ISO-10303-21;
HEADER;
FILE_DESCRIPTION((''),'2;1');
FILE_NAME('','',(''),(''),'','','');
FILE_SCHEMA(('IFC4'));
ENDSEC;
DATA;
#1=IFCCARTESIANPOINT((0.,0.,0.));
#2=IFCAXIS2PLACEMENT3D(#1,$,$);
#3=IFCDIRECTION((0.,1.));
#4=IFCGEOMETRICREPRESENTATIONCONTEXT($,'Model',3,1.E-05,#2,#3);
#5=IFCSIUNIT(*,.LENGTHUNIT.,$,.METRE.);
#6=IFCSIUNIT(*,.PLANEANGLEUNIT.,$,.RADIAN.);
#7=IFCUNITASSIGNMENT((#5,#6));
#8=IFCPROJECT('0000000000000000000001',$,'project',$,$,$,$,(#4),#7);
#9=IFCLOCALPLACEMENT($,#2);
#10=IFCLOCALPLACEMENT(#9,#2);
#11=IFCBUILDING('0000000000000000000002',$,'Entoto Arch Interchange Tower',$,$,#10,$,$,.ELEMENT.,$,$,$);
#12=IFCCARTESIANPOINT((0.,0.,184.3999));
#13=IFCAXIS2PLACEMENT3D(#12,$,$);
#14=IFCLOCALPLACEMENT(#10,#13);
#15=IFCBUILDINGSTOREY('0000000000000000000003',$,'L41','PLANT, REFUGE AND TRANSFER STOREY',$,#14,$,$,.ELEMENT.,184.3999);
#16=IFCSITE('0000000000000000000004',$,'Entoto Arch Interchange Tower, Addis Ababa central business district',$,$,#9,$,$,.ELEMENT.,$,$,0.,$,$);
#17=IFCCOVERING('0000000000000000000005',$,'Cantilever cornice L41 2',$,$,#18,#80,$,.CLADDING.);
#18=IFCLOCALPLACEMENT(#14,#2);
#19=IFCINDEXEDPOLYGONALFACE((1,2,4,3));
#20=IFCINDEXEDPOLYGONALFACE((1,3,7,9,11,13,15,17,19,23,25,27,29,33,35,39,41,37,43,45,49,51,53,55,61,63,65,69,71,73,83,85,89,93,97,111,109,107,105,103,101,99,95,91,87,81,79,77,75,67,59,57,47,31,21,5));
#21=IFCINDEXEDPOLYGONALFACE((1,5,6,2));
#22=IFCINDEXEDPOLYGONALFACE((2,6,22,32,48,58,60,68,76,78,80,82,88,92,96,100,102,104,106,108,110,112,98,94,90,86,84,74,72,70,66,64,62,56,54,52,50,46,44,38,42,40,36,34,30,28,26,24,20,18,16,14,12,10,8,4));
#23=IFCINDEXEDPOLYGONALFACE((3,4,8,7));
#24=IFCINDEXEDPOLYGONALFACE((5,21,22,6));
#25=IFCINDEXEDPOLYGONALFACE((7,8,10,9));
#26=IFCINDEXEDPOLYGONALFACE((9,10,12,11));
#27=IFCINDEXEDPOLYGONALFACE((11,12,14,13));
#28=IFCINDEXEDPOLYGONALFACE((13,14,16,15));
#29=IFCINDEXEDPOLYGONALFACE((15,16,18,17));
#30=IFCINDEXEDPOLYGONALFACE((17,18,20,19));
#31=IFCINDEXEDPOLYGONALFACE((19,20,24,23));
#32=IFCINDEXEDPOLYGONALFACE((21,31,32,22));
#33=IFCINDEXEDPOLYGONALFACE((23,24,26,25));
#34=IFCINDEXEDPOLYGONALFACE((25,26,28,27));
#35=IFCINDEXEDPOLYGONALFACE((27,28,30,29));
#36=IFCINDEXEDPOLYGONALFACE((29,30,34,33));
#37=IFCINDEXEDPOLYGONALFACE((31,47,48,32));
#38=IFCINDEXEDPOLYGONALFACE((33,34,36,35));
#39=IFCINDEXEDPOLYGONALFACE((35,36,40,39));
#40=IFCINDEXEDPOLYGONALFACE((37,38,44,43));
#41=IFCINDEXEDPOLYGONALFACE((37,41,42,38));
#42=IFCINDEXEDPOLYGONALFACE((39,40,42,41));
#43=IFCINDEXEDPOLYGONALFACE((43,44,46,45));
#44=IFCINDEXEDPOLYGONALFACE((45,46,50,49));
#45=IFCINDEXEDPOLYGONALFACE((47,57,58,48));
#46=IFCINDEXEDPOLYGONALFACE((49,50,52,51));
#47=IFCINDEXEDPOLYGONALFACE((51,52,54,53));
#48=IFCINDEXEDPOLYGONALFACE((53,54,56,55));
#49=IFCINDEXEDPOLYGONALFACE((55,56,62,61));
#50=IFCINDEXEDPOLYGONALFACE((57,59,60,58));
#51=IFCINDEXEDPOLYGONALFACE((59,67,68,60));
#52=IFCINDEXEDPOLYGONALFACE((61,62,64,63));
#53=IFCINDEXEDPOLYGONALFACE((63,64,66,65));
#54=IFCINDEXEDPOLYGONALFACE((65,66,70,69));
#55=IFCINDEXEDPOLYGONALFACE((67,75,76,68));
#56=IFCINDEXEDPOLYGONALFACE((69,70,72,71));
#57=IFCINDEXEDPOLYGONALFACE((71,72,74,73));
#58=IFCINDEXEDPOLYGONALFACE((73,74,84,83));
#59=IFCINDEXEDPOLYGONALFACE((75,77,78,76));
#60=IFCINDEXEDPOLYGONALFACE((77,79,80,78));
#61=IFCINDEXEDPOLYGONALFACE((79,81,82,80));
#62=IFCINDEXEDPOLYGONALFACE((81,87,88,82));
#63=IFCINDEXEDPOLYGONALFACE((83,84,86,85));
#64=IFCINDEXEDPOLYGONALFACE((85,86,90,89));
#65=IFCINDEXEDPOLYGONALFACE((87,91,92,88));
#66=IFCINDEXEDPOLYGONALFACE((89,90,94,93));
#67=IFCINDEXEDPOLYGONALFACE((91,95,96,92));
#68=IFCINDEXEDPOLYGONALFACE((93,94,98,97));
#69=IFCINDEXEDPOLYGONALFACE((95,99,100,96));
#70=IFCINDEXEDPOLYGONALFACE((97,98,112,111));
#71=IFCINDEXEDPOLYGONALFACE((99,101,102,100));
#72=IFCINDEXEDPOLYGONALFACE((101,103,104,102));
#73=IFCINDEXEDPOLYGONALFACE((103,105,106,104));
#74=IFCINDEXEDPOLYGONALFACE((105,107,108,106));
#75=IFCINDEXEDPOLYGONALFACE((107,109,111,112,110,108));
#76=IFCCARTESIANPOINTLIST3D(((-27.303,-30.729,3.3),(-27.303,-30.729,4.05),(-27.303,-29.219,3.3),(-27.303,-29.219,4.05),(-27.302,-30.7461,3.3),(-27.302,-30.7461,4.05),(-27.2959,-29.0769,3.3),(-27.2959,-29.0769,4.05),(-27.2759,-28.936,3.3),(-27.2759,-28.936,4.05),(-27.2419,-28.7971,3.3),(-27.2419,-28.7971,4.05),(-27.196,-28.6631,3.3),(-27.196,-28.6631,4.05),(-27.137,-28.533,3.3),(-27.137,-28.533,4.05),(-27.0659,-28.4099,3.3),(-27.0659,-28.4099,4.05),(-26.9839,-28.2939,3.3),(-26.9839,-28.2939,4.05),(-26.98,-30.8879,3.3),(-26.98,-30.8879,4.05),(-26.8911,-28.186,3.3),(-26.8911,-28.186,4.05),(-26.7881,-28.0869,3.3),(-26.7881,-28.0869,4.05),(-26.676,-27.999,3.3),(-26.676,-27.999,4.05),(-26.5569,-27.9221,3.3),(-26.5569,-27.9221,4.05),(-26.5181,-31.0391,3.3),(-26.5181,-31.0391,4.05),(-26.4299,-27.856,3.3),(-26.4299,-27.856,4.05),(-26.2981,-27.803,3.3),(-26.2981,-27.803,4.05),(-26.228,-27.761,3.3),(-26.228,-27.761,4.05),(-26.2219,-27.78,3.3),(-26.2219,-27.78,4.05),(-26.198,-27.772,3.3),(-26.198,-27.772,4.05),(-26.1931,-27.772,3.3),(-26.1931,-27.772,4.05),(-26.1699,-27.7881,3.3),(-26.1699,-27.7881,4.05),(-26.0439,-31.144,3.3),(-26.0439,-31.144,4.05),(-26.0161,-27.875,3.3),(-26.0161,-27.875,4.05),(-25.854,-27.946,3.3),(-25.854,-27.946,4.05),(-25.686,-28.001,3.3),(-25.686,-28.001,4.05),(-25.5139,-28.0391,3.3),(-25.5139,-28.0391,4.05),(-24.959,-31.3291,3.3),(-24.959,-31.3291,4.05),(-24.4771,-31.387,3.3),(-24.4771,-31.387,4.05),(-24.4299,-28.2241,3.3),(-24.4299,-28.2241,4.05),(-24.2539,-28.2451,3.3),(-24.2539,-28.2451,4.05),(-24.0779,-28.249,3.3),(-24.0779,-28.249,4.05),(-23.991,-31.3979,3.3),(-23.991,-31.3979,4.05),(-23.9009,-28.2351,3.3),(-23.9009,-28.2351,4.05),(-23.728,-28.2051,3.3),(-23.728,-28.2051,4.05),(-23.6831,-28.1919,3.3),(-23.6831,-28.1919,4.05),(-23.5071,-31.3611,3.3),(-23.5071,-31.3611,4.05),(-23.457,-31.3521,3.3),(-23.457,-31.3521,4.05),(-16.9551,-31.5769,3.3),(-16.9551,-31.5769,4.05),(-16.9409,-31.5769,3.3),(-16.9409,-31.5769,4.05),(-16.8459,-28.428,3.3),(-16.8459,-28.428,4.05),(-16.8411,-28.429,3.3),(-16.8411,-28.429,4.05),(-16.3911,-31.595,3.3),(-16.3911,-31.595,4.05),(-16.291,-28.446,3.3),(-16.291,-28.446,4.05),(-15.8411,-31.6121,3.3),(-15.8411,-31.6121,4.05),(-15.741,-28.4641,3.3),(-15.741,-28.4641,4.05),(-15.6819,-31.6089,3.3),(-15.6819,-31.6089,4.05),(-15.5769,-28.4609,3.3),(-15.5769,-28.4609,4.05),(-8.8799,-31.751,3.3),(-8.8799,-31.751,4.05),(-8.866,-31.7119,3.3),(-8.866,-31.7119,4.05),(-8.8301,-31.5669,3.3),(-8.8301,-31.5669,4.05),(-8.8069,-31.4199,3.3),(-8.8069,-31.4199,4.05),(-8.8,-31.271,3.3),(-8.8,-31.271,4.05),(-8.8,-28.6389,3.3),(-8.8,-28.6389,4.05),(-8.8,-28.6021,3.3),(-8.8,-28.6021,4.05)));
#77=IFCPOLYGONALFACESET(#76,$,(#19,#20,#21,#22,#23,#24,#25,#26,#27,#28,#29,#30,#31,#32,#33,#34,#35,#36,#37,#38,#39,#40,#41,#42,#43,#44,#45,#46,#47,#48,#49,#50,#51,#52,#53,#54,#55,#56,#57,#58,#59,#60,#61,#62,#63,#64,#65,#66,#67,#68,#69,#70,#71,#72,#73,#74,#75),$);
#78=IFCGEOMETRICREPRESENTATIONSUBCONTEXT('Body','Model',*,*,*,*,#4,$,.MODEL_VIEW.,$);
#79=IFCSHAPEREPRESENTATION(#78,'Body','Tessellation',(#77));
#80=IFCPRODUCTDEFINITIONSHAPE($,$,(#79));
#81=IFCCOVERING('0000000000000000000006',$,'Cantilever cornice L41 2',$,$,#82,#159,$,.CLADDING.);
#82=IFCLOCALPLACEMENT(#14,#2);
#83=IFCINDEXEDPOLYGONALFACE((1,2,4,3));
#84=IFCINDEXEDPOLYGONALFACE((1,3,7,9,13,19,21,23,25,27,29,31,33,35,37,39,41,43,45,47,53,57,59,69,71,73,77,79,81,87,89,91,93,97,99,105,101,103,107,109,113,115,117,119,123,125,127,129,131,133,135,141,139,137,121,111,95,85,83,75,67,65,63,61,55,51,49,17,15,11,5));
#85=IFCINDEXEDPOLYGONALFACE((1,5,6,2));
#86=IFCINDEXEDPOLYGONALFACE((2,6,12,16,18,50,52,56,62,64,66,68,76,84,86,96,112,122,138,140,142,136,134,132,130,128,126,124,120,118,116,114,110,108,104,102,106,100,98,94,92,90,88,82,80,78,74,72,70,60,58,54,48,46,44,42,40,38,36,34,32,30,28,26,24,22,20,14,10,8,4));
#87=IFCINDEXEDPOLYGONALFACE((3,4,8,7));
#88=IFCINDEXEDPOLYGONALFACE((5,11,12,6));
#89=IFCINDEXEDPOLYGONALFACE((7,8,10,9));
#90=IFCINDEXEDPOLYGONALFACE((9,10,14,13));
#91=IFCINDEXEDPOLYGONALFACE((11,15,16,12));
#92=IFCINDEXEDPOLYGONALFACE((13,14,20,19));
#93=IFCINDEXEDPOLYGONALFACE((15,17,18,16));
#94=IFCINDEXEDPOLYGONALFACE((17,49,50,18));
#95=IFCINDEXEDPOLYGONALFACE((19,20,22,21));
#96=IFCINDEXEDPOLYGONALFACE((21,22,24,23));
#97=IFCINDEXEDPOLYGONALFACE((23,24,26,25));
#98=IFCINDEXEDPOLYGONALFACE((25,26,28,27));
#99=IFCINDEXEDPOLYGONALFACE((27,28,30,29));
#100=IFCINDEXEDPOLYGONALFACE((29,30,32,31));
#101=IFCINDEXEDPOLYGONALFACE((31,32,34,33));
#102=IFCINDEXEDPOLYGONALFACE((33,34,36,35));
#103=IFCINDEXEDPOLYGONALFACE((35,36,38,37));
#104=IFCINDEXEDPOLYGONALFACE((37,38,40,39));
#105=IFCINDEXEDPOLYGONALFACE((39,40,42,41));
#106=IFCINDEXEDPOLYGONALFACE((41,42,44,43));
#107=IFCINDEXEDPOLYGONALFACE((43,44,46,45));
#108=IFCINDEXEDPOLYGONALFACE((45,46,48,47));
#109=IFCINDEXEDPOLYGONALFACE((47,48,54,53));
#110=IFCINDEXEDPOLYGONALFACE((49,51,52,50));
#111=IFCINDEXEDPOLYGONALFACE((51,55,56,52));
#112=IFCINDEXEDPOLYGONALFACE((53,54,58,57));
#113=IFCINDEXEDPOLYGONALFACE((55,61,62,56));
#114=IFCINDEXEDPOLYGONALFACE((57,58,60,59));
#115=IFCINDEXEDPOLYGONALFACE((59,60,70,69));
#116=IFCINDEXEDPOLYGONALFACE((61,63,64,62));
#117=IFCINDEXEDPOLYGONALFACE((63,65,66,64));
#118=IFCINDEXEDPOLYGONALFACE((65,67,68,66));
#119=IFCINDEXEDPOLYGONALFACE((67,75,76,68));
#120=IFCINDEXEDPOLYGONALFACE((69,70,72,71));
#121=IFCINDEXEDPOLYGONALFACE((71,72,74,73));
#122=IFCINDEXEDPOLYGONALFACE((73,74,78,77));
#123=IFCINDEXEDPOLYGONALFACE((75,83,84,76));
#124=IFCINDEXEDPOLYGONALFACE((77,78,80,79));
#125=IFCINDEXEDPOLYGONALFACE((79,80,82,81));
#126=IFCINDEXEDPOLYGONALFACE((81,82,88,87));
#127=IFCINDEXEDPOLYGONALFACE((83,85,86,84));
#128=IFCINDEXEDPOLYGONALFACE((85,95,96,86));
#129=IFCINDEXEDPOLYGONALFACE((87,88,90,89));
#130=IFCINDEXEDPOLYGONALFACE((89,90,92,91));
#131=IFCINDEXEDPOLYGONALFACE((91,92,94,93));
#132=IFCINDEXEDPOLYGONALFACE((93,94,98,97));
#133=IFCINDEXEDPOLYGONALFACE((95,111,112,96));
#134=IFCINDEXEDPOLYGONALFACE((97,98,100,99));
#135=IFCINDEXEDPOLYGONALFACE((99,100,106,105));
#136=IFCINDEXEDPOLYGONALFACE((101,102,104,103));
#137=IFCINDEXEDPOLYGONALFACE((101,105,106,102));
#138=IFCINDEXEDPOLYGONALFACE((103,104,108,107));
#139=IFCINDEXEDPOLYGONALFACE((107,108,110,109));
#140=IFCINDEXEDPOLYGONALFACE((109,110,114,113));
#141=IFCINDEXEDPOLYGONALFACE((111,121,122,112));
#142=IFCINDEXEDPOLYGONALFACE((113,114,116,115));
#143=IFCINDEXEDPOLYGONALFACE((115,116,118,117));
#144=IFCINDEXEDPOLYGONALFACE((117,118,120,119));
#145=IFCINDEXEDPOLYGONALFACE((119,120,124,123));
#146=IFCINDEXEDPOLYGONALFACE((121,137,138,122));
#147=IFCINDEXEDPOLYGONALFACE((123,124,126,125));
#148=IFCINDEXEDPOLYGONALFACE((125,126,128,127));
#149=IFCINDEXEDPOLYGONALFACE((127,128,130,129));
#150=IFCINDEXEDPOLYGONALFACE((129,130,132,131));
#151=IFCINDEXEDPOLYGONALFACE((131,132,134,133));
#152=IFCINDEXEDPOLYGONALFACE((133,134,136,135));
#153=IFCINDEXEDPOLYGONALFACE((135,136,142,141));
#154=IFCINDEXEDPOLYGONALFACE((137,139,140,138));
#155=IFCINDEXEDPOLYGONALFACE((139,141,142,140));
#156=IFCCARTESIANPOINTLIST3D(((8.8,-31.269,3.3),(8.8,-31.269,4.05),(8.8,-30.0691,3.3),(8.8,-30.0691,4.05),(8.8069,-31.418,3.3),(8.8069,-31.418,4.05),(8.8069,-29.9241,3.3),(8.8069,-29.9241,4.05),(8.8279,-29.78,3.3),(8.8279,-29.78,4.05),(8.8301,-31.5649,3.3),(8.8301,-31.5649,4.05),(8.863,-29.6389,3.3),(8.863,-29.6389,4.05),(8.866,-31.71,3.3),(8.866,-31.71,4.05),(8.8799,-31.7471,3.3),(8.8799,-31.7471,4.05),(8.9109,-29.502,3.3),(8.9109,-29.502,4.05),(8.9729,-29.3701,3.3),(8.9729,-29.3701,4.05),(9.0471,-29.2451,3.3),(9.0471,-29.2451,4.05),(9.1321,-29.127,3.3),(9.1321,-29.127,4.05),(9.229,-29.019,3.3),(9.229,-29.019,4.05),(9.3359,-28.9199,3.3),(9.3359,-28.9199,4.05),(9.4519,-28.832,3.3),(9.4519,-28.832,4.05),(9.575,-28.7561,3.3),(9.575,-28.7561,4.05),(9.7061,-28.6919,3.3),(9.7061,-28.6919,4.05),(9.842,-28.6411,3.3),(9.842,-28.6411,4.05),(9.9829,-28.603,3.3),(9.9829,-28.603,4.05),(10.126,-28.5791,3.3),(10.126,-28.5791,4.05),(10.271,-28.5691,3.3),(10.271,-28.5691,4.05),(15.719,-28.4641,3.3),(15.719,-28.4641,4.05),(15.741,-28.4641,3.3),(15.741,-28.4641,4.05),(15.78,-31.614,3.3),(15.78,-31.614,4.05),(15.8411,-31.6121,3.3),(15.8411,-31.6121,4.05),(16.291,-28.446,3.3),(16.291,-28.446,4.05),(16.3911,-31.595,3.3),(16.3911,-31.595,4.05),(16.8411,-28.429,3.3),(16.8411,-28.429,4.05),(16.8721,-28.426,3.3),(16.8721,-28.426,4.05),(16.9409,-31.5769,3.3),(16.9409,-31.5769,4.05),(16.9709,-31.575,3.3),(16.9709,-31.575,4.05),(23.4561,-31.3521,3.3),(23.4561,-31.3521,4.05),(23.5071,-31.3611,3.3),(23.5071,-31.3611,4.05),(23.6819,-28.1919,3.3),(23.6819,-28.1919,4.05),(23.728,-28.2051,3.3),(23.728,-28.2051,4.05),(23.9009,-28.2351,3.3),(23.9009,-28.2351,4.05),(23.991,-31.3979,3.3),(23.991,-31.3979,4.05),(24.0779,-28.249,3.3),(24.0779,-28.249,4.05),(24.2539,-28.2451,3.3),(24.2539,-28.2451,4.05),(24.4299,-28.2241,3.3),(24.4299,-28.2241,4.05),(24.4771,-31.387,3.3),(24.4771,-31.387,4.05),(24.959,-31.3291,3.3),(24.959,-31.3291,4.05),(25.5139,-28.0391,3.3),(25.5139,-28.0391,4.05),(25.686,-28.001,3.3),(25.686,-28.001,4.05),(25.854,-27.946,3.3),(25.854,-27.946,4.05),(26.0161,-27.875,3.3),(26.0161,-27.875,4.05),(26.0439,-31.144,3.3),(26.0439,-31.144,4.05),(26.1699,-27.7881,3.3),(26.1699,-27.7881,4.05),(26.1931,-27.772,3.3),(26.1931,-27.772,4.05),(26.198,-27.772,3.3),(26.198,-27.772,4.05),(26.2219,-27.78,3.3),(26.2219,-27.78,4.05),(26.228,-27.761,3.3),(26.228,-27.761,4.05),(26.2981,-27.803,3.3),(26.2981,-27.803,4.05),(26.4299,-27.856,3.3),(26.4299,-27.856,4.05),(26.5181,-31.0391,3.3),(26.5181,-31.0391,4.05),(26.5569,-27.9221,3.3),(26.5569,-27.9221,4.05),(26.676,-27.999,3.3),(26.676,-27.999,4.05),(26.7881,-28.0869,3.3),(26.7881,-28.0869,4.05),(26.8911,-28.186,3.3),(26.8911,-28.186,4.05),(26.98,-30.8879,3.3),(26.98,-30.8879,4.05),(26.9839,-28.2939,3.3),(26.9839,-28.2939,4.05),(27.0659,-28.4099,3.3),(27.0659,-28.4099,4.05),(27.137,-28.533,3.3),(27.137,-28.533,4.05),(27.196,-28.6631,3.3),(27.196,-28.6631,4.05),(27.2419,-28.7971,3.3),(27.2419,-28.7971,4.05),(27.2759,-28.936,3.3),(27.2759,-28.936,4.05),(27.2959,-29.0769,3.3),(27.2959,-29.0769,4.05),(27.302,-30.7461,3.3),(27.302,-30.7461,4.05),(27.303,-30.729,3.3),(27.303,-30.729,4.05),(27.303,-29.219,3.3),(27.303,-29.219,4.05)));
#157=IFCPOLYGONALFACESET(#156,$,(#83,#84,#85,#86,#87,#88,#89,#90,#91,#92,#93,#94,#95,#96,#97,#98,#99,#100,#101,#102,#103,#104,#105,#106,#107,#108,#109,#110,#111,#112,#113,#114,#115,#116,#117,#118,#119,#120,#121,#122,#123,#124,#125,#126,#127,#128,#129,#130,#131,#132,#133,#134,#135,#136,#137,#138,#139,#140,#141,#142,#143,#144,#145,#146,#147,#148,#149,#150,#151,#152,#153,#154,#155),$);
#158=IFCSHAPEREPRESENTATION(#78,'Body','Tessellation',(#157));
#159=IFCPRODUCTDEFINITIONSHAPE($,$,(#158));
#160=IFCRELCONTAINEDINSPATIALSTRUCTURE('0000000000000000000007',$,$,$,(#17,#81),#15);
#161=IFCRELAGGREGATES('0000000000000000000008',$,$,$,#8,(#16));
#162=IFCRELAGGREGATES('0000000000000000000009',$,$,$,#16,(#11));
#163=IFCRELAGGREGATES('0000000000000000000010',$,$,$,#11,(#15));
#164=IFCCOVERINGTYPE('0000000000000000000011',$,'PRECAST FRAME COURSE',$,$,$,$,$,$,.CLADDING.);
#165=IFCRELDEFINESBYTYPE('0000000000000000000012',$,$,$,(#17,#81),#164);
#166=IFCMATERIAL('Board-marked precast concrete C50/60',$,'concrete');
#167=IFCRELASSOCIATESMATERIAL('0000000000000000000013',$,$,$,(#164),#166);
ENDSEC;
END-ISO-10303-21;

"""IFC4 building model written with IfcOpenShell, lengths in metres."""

from ifc_helpers import new_model, si_unit, direction, frame, origin, place, context, subcontext, project, spatial, polyline, outline, extrude, material, type_object, element, save


model = new_model("IFC4")

# Units and contexts
model_context = context("Model", 3, precision=1e-05, world=origin(), true_north=direction((0.0, 1.0)))
body_context = subcontext(model_context, "Body", "Model", "MODEL_VIEW")
ifc_project = project(units=[si_unit("LENGTHUNIT", "METRE"), si_unit("PLANEANGLEUNIT", "RADIAN")], contexts=[model_context])

# Site, building, storey
site_placement = place(None, origin())
site = spatial("IfcSite", under=ifc_project, at=site_placement, Name="Entoto Arch Interchange Tower, Addis Ababa central business district", CompositionType="ELEMENT", RefElevation=0.0)
building_placement = place(site_placement, origin())
building = spatial("IfcBuilding", under=site, at=building_placement, Name="Entoto Arch Interchange Tower", CompositionType="ELEMENT")
storey_placement = place(building_placement, frame((0.0, 0.0, 184.3999)))
storey = spatial("IfcBuildingStorey", under=building, at=storey_placement, Name="L41", Description="PLANT, REFUGE AND TRANSFER STOREY", CompositionType="ELEMENT", Elevation=184.3999)

# Coverings
ifc_material_1 = material(Name="Board-marked precast concrete C50/60", Category="concrete")
covering_type_1 = type_object("IfcCoveringType", Name="PRECAST FRAME COURSE", PredefinedType="CLADDING", material=ifc_material_1)
covering_1_placement = place(storey_placement, frame((0.0, 0.0, 3.3)))
element("IfcCovering", 1, at=covering_1_placement, inside=storey, type_object=covering_type_1, Name="Cantilever cornice L41 2", PredefinedType="CLADDING", context=body_context, shape_type="SweptSolid", body=[
    extrude(outline(polyline([(-8.8301, -31.5669), (-8.866, -31.7119), (-8.8799, -31.751), (-15.6819, -31.6089), (-15.8411, -31.6121), (-16.3911, -31.595), (-16.9409, -31.5769), (-16.9551, -31.5769), (-23.457, -31.3521), (-23.5071, -31.3611), (-23.991, -31.3979), (-24.4771, -31.387), (-24.959, -31.3291), (-26.0439, -31.144), (-26.5181, -31.0391), (-26.98, -30.8879), (-27.302, -30.7461), (-27.303, -30.729), (-27.303, -29.219), (-27.2959, -29.0769), (-27.2759, -28.936), (-27.2419, -28.7971), (-27.196, -28.6631), (-27.137, -28.533), (-27.0659, -28.4099), (-26.9839, -28.2939), (-26.8911, -28.186), (-26.7881, -28.0869), (-26.676, -27.999), (-26.5569, -27.9221), (-26.4299, -27.856), (-26.2981, -27.803), (-26.2219, -27.78), (-26.198, -27.772), (-26.228, -27.761), (-26.1931, -27.772), (-26.1699, -27.7881), (-26.0161, -27.875), (-25.854, -27.946), (-25.686, -28.001), (-25.5139, -28.0391), (-24.4299, -28.2241), (-24.2539, -28.2451), (-24.0779, -28.249), (-23.9009, -28.2351), (-23.728, -28.2051), (-23.6831, -28.1919), (-16.8459, -28.428), (-16.8411, -28.429), (-16.291, -28.446), (-15.741, -28.4641), (-15.5769, -28.4609), (-8.8, -28.6021), (-8.8, -28.6389), (-8.8, -31.271), (-8.8069, -31.4199), (-8.8301, -31.5669)])), origin(), (0.0, 0.0, 1.0), 0.75),
])
covering_2_placement = place(storey_placement, frame((0.0, 0.0, 3.3)))
element("IfcCovering", 2, at=covering_2_placement, inside=storey, type_object=covering_type_1, Name="Cantilever cornice L41 2", PredefinedType="CLADDING", context=body_context, shape_type="SweptSolid", body=[
    extrude(outline(polyline([(26.4299, -27.856), (26.5569, -27.9221), (26.676, -27.999), (26.7881, -28.0869), (26.8911, -28.186), (26.9839, -28.2939), (27.0659, -28.4099), (27.137, -28.533), (27.196, -28.6631), (27.2419, -28.7971), (27.2759, -28.936), (27.2959, -29.0769), (27.303, -29.219), (27.303, -30.729), (27.302, -30.7461), (26.98, -30.8879), (26.5181, -31.0391), (26.0439, -31.144), (24.959, -31.3291), (24.4771, -31.387), (23.991, -31.3979), (23.5071, -31.3611), (23.4561, -31.3521), (16.9709, -31.575), (16.9409, -31.5769), (16.3911, -31.595), (15.8411, -31.6121), (15.78, -31.614), (8.8799, -31.7471), (8.866, -31.71), (8.8301, -31.5649), (8.8069, -31.418), (8.8, -31.269), (8.8, -30.0691), (8.8069, -29.9241), (8.8279, -29.78), (8.863, -29.6389), (8.9109, -29.502), (8.9729, -29.3701), (9.0471, -29.2451), (9.1321, -29.127), (9.229, -29.019), (9.3359, -28.9199), (9.4519, -28.832), (9.575, -28.7561), (9.7061, -28.6919), (9.842, -28.6411), (9.9829, -28.603), (10.126, -28.5791), (10.271, -28.5691), (15.719, -28.4641), (15.741, -28.4641), (16.291, -28.446), (16.8411, -28.429), (16.8721, -28.426), (23.6819, -28.1919), (23.728, -28.2051), (23.9009, -28.2351), (24.0779, -28.249), (24.2539, -28.2451), (24.4299, -28.2241), (25.5139, -28.0391), (25.686, -28.001), (25.854, -27.946), (26.0161, -27.875), (26.1699, -27.7881), (26.1931, -27.772), (26.228, -27.761), (26.198, -27.772), (26.2219, -27.78), (26.2981, -27.803), (26.4299, -27.856)])), origin(), (0.0, 0.0, 1.0), 0.75),
])

save(model, "model.ifc")
